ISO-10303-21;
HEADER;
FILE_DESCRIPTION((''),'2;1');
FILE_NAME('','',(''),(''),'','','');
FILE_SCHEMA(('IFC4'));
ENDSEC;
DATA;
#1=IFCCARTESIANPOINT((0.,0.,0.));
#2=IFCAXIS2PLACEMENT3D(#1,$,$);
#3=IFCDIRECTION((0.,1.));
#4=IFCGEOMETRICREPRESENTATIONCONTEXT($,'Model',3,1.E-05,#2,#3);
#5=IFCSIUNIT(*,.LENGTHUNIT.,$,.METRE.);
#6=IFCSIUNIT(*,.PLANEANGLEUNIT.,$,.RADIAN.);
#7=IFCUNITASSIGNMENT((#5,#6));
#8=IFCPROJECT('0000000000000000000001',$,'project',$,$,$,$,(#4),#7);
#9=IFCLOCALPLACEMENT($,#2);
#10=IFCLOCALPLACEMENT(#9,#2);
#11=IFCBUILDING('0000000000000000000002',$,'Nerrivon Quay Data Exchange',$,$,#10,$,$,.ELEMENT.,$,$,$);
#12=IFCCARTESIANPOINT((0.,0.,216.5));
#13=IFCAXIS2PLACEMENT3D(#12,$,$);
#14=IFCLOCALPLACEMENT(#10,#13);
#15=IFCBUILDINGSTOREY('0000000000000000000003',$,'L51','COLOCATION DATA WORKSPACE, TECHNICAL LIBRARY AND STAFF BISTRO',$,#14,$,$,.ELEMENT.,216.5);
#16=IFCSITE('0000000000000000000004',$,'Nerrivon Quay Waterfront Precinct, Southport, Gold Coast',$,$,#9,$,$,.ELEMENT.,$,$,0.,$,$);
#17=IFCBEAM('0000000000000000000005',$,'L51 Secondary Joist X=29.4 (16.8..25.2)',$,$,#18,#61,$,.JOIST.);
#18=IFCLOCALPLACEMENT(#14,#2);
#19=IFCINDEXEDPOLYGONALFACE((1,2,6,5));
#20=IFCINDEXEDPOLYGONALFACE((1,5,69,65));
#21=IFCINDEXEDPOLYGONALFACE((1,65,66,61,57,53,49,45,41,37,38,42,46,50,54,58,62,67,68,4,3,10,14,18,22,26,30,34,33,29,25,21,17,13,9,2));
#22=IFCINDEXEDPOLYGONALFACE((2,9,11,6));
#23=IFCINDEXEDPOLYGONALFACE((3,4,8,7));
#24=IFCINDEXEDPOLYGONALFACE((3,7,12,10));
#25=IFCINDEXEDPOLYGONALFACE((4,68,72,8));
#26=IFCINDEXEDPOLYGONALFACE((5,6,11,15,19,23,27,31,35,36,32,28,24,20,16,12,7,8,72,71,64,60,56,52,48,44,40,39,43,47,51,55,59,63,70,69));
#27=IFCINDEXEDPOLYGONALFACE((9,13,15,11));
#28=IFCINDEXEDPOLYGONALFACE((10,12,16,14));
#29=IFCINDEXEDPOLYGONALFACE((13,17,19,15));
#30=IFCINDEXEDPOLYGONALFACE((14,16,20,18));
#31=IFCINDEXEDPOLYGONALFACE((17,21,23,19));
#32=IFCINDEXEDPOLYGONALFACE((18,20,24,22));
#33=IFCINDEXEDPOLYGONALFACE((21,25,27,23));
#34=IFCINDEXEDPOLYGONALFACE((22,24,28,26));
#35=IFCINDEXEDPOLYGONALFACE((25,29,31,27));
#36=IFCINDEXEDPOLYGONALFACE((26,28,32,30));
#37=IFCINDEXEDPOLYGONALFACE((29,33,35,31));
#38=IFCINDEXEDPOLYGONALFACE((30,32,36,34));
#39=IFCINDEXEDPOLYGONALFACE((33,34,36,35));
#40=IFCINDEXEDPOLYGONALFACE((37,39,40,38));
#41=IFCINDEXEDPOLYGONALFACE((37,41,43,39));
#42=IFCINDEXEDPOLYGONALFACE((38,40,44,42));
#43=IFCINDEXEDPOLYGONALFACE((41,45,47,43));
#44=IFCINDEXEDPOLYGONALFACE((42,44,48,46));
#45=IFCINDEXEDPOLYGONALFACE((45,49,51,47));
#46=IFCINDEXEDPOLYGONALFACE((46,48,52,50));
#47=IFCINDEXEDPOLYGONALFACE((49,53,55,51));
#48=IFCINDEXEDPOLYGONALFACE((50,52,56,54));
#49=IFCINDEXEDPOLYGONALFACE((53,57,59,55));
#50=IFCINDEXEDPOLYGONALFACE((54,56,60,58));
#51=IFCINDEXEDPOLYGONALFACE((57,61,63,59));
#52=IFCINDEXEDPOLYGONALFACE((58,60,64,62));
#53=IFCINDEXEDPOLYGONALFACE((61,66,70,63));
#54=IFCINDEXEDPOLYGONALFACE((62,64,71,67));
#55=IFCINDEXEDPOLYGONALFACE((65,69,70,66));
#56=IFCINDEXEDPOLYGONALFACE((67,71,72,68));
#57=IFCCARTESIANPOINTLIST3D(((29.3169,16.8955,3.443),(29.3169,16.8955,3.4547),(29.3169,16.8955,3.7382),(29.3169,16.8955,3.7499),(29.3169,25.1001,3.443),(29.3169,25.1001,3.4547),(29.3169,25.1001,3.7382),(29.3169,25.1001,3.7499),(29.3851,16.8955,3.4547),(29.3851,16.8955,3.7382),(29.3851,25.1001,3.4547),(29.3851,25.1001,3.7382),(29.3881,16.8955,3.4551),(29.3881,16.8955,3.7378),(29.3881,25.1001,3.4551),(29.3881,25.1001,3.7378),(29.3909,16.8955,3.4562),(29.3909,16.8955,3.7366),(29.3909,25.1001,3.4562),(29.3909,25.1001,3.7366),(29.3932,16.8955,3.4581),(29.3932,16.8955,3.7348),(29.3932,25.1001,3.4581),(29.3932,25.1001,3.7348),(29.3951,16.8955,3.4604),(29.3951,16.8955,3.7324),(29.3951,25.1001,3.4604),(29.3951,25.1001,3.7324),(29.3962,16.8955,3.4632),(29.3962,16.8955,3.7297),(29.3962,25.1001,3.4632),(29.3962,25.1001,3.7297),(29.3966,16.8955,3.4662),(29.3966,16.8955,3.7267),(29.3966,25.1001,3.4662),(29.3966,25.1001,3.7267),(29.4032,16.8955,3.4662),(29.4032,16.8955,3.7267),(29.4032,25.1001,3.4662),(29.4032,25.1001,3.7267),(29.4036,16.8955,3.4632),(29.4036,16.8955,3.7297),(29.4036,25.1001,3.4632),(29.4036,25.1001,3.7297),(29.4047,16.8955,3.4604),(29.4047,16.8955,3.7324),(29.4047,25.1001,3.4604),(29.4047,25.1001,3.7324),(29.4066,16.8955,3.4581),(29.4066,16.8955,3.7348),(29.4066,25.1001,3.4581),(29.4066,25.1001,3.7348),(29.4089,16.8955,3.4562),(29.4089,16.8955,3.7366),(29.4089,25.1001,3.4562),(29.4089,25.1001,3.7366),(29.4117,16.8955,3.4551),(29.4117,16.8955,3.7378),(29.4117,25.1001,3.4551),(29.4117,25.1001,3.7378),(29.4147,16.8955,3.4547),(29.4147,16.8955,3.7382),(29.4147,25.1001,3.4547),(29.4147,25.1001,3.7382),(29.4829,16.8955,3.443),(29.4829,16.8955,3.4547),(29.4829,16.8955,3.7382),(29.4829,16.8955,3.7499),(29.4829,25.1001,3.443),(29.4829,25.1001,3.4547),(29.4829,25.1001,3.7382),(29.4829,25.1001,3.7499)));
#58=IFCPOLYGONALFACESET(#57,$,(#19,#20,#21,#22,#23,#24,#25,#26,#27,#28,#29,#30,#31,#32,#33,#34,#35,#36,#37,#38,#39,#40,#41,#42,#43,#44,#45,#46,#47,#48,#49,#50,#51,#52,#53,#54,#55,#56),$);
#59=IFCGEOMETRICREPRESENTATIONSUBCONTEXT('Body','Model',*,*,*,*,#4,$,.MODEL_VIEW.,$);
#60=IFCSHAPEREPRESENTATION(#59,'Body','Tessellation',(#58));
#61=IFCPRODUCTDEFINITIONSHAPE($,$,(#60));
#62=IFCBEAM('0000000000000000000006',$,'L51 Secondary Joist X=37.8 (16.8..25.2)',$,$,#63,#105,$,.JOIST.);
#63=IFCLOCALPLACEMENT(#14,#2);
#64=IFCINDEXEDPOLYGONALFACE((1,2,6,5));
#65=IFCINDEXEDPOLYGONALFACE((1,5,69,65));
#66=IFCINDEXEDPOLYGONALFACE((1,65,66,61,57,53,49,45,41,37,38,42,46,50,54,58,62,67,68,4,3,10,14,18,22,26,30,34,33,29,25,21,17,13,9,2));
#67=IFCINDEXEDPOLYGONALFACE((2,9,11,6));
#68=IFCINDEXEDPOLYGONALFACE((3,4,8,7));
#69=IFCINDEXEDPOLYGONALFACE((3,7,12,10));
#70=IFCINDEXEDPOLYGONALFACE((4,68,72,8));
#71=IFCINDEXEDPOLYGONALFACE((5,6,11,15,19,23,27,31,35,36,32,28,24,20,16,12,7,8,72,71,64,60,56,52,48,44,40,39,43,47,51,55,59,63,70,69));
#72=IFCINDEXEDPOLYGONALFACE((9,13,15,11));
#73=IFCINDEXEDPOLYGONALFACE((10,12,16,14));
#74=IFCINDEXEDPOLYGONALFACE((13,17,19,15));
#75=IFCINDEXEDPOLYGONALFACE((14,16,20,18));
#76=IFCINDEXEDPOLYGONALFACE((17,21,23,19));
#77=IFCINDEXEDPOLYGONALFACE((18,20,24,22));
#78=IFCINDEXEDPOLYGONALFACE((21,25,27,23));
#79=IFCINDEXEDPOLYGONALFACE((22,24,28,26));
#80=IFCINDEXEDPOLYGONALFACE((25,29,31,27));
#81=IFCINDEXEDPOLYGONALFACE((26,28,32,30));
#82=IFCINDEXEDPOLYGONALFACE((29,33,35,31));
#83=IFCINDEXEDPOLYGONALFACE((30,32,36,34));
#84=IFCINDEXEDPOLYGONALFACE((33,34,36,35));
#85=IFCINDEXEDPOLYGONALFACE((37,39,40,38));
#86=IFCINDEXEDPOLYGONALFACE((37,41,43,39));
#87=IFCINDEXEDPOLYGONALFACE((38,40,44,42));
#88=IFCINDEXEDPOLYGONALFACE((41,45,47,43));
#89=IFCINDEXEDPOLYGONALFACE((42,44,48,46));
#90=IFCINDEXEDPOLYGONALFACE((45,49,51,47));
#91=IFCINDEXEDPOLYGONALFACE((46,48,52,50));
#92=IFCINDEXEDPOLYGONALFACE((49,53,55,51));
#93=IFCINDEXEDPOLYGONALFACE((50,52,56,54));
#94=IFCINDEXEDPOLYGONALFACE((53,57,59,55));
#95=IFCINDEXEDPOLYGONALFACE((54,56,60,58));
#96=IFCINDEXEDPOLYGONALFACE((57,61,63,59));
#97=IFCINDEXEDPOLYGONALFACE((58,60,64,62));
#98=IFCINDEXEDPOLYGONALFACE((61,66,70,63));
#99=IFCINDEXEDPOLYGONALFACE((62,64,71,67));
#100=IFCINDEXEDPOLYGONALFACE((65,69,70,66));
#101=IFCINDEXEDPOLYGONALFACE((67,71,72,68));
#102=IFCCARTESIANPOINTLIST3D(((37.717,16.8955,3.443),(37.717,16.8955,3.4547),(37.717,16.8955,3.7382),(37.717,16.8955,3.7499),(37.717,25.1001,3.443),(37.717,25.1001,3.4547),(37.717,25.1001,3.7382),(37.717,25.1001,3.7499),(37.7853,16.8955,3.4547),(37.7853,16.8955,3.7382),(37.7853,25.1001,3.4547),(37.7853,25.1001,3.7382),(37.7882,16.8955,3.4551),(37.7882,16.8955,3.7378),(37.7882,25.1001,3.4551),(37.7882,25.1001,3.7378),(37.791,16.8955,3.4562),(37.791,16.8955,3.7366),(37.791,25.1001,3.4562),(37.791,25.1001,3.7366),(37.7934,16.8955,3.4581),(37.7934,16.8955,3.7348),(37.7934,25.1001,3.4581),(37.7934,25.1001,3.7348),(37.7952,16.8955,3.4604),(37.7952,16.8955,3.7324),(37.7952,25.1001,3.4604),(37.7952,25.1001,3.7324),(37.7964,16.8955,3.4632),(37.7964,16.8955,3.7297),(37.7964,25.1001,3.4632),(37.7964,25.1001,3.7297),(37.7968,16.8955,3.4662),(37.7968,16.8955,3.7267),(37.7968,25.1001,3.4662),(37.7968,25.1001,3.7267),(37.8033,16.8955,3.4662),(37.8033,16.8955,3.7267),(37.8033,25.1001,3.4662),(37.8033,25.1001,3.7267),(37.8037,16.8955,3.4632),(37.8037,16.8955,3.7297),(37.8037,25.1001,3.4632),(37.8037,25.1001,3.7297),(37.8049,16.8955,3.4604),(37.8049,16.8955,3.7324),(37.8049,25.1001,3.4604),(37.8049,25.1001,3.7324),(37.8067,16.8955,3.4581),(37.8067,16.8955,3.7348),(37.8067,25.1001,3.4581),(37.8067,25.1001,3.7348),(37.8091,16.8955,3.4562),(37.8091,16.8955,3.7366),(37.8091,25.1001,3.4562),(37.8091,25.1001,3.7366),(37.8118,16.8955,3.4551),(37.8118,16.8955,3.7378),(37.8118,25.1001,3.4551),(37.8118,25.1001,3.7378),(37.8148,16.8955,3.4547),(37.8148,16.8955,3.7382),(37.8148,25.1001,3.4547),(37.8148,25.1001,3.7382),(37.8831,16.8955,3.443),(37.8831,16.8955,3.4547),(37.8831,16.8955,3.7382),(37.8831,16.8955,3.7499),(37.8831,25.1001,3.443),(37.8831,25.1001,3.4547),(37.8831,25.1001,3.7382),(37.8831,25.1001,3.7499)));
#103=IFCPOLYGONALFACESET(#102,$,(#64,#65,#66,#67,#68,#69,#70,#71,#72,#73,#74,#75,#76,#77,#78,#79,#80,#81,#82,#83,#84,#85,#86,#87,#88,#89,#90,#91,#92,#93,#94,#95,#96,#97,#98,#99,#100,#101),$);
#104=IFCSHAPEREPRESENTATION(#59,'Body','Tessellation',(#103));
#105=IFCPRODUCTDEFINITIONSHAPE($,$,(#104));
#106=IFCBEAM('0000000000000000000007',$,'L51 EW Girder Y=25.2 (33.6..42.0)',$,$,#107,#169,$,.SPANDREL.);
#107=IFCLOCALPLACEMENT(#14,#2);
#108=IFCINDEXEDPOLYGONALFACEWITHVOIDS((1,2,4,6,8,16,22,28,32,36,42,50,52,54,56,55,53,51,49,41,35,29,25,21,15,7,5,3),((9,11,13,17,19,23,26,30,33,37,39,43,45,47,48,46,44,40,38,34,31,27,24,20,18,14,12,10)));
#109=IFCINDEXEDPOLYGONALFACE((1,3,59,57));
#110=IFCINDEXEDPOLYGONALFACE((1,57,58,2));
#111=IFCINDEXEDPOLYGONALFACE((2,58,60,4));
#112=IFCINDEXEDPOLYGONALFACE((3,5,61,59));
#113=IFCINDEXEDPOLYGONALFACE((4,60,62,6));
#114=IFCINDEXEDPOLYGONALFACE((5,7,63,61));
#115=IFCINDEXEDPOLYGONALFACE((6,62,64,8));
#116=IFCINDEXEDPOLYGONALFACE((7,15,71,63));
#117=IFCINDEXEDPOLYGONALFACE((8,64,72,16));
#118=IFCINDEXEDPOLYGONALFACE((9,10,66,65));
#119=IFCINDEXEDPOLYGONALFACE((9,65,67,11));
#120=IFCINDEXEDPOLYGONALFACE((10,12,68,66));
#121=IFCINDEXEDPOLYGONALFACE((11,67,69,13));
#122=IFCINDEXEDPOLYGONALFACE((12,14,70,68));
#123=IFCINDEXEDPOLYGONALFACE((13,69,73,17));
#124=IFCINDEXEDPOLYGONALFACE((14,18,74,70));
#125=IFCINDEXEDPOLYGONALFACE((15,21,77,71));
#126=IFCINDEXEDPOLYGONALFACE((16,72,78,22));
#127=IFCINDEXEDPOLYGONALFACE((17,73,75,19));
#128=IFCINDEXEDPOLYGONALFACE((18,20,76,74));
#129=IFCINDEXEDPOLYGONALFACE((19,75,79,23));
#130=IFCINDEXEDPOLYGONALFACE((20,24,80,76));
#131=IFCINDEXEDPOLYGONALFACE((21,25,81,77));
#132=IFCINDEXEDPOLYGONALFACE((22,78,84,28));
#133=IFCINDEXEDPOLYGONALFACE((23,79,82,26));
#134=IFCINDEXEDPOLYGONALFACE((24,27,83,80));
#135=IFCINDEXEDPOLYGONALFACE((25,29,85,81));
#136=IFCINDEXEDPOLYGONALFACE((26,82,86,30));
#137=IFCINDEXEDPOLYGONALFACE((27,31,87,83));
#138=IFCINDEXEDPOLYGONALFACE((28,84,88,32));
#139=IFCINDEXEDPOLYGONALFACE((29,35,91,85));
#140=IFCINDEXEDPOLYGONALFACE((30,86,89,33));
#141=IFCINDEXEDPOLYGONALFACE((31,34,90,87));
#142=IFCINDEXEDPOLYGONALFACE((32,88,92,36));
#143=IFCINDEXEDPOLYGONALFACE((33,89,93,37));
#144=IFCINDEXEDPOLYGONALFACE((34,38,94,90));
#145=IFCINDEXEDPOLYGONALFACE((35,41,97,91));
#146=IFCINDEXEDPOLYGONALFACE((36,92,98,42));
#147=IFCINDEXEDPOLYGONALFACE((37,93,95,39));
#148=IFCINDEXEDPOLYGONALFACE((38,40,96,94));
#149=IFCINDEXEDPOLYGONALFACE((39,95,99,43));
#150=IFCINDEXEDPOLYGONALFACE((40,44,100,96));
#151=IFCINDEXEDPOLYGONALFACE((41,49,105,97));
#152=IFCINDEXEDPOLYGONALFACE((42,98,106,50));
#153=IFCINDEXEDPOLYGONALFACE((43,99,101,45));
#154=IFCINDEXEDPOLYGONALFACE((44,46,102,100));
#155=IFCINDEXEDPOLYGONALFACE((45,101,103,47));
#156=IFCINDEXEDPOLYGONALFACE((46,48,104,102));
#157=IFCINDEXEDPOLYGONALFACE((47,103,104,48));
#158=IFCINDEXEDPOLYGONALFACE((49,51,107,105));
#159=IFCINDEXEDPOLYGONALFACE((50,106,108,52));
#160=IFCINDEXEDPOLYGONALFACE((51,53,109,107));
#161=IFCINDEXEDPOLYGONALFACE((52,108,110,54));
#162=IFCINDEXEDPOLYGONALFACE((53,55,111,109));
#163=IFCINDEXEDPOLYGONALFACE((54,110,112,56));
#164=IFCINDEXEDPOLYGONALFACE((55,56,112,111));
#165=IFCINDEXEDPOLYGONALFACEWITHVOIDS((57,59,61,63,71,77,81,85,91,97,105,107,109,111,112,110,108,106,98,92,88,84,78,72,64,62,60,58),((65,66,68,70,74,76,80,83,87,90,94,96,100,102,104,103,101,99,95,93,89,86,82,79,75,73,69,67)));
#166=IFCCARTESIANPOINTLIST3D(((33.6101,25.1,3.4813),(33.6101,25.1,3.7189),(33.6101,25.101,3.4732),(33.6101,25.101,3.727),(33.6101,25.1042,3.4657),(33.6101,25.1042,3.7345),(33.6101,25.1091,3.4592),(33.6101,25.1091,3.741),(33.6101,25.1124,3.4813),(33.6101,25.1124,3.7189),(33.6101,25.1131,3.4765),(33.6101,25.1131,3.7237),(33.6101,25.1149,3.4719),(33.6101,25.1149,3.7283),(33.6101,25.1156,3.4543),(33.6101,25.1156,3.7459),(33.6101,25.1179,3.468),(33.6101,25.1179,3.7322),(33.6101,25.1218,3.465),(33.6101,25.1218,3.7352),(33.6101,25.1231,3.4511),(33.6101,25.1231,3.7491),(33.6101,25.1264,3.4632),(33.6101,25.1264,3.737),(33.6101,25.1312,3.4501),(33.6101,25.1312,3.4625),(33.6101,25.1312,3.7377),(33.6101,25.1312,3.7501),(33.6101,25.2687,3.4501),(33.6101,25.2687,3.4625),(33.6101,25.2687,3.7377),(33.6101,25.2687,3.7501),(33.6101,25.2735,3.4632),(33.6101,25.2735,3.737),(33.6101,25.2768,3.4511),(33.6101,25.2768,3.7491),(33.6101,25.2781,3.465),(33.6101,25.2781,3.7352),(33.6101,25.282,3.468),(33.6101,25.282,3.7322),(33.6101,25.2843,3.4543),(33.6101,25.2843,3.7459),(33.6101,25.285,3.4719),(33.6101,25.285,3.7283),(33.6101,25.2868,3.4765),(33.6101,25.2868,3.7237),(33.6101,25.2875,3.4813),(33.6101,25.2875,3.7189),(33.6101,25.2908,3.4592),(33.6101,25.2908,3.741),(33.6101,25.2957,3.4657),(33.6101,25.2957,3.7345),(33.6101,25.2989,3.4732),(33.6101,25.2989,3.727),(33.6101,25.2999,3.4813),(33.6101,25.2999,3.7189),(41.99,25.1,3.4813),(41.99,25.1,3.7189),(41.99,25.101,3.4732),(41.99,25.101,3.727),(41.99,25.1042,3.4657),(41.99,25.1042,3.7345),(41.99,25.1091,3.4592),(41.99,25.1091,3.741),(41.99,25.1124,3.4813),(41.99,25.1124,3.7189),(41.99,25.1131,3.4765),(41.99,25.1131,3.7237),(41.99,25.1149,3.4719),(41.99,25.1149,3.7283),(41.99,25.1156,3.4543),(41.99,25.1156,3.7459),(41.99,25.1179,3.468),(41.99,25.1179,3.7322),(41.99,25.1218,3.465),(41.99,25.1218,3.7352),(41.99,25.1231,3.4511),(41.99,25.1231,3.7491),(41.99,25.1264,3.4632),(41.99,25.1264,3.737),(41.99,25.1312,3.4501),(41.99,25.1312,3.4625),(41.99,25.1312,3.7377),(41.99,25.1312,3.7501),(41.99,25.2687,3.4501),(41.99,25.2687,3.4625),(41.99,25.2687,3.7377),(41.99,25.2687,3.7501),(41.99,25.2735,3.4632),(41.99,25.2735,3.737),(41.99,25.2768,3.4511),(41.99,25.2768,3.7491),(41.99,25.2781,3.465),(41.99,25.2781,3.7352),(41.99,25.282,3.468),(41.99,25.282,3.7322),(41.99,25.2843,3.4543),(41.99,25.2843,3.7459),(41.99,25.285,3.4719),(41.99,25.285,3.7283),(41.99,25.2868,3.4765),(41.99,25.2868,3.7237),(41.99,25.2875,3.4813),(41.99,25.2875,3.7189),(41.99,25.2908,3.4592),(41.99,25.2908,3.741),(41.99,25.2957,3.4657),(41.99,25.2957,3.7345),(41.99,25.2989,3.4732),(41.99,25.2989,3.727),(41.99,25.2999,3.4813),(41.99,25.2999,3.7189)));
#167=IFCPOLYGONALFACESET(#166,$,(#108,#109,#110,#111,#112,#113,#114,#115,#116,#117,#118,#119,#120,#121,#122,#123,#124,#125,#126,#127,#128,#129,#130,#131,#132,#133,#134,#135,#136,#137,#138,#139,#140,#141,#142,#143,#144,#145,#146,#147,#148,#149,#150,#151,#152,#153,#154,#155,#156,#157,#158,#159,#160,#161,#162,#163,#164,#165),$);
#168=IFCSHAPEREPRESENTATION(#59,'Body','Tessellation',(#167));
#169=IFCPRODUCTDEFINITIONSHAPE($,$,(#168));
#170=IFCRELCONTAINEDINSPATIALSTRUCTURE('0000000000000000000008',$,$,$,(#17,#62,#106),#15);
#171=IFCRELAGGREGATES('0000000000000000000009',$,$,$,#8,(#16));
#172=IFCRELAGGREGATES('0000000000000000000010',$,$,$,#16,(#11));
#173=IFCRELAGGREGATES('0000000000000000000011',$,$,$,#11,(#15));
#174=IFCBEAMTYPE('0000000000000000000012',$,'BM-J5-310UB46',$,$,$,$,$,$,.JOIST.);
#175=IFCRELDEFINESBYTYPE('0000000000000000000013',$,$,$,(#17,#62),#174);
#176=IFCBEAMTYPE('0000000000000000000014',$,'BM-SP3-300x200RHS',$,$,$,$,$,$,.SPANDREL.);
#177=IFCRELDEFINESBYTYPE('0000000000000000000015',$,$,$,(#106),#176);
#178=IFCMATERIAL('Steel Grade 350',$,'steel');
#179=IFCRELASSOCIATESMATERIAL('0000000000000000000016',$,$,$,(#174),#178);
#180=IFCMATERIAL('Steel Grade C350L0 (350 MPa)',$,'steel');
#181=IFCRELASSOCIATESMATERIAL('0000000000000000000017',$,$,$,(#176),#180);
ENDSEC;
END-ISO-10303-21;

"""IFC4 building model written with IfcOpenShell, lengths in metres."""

from ifc_helpers import new_model, si_unit, direction, frame, origin, origin_2d, place, context, subcontext, project, spatial, hollow_rectangle, i_section, extrude, material, material_profile, profile_set, type_object, element, save


model = new_model("IFC4")

# Units and contexts
model_context = context("Model", 3, precision=1e-05, world=origin(), true_north=direction((0.0, 1.0)))
body_context = subcontext(model_context, "Body", "Model", "MODEL_VIEW")
ifc_project = project(units=[si_unit("LENGTHUNIT", "METRE"), si_unit("PLANEANGLEUNIT", "RADIAN")], contexts=[model_context])

# Site, building, storey
site_placement = place(None, origin())
site = spatial("IfcSite", under=ifc_project, at=site_placement, Name="Nerrivon Quay Waterfront Precinct, Southport, Gold Coast", CompositionType="ELEMENT", RefElevation=0.0)
building_placement = place(site_placement, origin())
building = spatial("IfcBuilding", under=site, at=building_placement, Name="Nerrivon Quay Data Exchange", CompositionType="ELEMENT")
storey_placement = place(building_placement, frame((0.0, 0.0, 216.5)))
storey = spatial("IfcBuildingStorey", under=building, at=storey_placement, Name="L51", Description="COLOCATION DATA WORKSPACE, TECHNICAL LIBRARY AND STAFF BISTRO", CompositionType="ELEMENT", Elevation=216.5)

# Shared definitions
ifc_material_1 = material(Name="Steel Grade 350", Category="steel")

# Beams
ifc_material_profile_1 = material_profile(ifc_material_1, i_section(OverallWidth=0.166, OverallDepth=0.3069, WebThickness=0.0066, FlangeThickness=0.0117, FilletRadius=0.0115, at=origin_2d()), Name="310UB46.2")
ifc_profile_set_1 = profile_set([ifc_material_profile_1], Name="Steel Grade 350")
beam_type_1 = type_object("IfcBeamType", Name="BM-J5-310UB46", PredefinedType="JOIST", material=ifc_profile_set_1)
for number, where, z_axis, x_axis, name in (
    (1, (29.3999, 16.8955, 3.5964), (0.0, 1.0, 0.0), (-1.0, 0.0, 0.0), "L51 Secondary Joist X=29.4 (16.8..25.2)"),
    (2, (37.8, 16.8955, 3.5964), (0.0, 1.0, 0.0), (-1.0, 0.0, 0.0), "L51 Secondary Joist X=37.8 (16.8..25.2)"),
):
    element("IfcBeam", number, at=place(storey_placement, frame(where, z_axis=z_axis, x_axis=x_axis)), inside=storey, type_object=beam_type_1, Name=name, PredefinedType="JOIST", context=body_context, shape_type="SweptSolid", body=[
        extrude(i_section(OverallWidth=0.166, OverallDepth=0.3069, WebThickness=0.0066, FlangeThickness=0.0117, FilletRadius=0.0115, at=origin_2d()), origin(), (0.0, 0.0, 1.0), 8.2046),
    ])
ifc_material_2 = material(Name="Steel Grade C350L0 (350 MPa)", Category="steel")
ifc_material_profile_2 = material_profile(ifc_material_2, hollow_rectangle(XDim=0.2, YDim=0.3, WallThickness=0.0125, InnerFilletRadius=0.0188, OuterFilletRadius=0.0312, at=origin_2d()), Name="300x200x12.5RHS")
ifc_profile_set_2 = profile_set([ifc_material_profile_2], Name="Steel Grade C350L0 (350 MPa)")
beam_type_2 = type_object("IfcBeamType", Name="BM-SP3-300x200RHS", PredefinedType="SPANDREL", material=ifc_profile_set_2)
beam_1_placement = place(storey_placement, frame((33.6101, 25.2, 3.6001), z_axis=(1.0, 0.0, 0.0), x_axis=(0.0, 1.0, 0.0)))
element("IfcBeam", 3, at=beam_1_placement, inside=storey, type_object=beam_type_2, Name="L51 EW Girder Y=25.2 (33.6..42.0)", PredefinedType="SPANDREL", context=body_context, shape_type="SweptSolid", body=[
    extrude(hollow_rectangle(XDim=0.2, YDim=0.3, WallThickness=0.0125, InnerFilletRadius=0.0188, OuterFilletRadius=0.0312, at=origin_2d()), origin(), (0.0, 0.0, 1.0), 8.3799),
])

save(model, "model.ifc")
